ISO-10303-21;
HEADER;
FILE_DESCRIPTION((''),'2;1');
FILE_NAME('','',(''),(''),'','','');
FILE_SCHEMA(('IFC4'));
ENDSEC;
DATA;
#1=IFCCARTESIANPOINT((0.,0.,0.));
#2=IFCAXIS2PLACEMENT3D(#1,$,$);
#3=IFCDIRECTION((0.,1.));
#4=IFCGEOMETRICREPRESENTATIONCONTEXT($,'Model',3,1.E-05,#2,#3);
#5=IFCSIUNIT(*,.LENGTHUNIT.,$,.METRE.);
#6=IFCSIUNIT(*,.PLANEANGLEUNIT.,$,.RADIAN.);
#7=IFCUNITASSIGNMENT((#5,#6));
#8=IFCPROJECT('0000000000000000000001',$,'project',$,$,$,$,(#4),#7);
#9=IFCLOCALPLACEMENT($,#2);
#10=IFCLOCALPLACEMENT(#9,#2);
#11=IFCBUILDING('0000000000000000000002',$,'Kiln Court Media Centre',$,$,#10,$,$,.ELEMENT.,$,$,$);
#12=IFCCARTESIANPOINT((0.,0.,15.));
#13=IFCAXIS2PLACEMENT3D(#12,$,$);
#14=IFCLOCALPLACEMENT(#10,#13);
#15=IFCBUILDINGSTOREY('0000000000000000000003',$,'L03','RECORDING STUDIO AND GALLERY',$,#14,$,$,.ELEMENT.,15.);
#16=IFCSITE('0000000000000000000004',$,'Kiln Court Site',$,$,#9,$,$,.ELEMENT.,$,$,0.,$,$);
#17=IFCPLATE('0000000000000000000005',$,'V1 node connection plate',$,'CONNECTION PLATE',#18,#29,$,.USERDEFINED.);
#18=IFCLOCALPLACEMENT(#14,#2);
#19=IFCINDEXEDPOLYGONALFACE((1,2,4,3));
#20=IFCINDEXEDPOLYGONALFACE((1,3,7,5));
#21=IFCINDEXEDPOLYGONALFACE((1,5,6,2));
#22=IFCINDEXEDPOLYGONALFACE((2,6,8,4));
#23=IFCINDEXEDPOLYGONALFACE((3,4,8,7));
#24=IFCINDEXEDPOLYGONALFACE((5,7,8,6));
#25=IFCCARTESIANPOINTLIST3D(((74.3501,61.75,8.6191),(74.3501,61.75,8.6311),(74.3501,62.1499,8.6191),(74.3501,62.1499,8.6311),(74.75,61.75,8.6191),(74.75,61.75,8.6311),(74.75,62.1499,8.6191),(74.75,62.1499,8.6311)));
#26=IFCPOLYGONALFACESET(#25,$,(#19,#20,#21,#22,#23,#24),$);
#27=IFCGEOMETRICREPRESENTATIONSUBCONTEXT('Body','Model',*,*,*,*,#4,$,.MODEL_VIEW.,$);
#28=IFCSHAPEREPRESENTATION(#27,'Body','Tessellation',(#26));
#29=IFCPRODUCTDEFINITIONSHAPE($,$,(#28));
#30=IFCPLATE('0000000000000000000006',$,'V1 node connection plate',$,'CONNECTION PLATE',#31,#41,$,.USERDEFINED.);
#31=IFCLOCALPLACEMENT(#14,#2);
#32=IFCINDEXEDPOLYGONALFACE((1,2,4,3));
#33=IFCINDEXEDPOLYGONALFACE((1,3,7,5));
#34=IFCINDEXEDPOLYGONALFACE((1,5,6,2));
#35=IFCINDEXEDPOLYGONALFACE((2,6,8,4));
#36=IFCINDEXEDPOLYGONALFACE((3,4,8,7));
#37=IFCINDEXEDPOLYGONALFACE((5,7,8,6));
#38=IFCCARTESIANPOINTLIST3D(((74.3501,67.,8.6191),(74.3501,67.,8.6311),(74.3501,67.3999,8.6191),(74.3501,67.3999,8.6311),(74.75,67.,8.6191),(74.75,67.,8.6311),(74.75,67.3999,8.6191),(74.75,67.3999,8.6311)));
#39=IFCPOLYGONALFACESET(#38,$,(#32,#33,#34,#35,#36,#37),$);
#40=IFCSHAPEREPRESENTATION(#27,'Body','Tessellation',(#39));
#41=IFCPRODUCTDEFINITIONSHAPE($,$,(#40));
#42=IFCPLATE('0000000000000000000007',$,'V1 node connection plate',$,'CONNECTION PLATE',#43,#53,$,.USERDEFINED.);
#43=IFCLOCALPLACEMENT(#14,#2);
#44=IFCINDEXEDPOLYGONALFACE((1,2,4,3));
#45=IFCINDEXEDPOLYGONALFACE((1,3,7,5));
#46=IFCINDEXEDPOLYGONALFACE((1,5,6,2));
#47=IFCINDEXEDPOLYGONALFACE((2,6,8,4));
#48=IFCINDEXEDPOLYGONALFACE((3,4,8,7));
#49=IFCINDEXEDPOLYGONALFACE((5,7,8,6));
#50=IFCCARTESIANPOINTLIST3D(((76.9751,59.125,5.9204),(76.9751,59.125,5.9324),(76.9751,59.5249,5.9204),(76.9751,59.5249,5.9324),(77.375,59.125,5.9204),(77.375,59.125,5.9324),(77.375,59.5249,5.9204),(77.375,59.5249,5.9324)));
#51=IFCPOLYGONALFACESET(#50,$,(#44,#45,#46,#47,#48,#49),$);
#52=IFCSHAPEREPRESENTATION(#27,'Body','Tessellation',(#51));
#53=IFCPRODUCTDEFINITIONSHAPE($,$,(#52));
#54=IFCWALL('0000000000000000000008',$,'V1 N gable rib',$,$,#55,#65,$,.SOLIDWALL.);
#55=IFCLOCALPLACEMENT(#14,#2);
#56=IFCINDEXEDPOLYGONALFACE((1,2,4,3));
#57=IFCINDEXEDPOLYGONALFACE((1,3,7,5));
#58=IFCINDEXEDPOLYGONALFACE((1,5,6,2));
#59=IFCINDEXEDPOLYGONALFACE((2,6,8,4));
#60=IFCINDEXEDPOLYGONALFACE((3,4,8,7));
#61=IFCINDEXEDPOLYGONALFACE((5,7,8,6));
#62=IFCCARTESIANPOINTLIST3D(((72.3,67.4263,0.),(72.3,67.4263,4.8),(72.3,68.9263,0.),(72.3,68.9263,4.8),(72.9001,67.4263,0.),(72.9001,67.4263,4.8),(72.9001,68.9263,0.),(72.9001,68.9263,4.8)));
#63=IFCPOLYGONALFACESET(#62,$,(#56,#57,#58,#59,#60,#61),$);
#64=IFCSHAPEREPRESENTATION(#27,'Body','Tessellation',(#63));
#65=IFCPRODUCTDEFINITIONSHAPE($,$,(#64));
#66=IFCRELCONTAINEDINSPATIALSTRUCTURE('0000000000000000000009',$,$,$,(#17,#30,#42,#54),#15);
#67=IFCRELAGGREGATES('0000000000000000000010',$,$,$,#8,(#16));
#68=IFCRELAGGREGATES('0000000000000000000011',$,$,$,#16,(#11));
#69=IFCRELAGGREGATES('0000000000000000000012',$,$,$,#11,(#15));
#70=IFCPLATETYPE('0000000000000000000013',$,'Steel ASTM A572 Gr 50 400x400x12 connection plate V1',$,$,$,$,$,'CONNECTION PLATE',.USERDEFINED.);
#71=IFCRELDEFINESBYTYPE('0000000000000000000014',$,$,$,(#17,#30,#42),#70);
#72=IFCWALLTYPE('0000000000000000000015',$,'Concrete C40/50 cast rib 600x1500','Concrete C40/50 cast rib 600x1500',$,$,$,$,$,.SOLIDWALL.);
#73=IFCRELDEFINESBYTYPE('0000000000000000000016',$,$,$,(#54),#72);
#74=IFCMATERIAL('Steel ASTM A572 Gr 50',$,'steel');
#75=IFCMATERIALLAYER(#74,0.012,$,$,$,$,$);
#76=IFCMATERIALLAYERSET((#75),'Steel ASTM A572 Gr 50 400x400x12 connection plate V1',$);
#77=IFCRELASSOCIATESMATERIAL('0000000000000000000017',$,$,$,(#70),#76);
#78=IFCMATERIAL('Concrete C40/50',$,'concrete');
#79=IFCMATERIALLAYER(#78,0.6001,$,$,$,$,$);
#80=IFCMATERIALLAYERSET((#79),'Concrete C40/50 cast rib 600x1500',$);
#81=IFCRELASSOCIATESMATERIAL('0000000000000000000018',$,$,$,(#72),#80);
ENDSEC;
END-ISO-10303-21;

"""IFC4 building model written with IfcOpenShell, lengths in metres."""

from ifc_helpers import new_model, si_unit, direction, frame, frame_2d, origin, origin_2d, place, context, subcontext, project, spatial, rectangle, extrude, material, layer, layer_set, type_object, element, save


model = new_model("IFC4")

# Units and contexts
model_context = context("Model", 3, precision=1e-05, world=origin(), true_north=direction((0.0, 1.0)))
body_context = subcontext(model_context, "Body", "Model", "MODEL_VIEW")
ifc_project = project(units=[si_unit("LENGTHUNIT", "METRE"), si_unit("PLANEANGLEUNIT", "RADIAN")], contexts=[model_context])

# Site, building, storey
site_placement = place(None, origin())
site = spatial("IfcSite", under=ifc_project, at=site_placement, Name="Kiln Court Site", CompositionType="ELEMENT", RefElevation=0.0)
building_placement = place(site_placement, origin())
building = spatial("IfcBuilding", under=site, at=building_placement, Name="Kiln Court Media Centre", CompositionType="ELEMENT")
storey_placement = place(building_placement, frame((0.0, 0.0, 15.0)))
storey = spatial("IfcBuildingStorey", under=building, at=storey_placement, Name="L03", Description="RECORDING STUDIO AND GALLERY", CompositionType="ELEMENT", Elevation=15.0)

# Plates
ifc_material_1 = material(Name="Steel ASTM A572 Gr 50", Category="steel")
ifc_layer_1 = layer(ifc_material_1, 0.012)
ifc_layer_set_1 = layer_set([ifc_layer_1], Name="Steel ASTM A572 Gr 50 400x400x12 connection plate V1")
plate_type_1 = type_object("IfcPlateType", Name="Steel ASTM A572 Gr 50 400x400x12 connection plate V1", ElementType="CONNECTION PLATE", PredefinedType="USERDEFINED", material=ifc_layer_set_1)
for number, where, z_axis, x_axis, name in (
    (1, (74.55, 61.95, 8.6191), (0.0, 0.0, 1.0), (1.0, 0.0, 0.0), "V1 node connection plate"),
    (2, (74.55, 67.2, 8.6191), (0.0, 0.0, 1.0), (1.0, 0.0, 0.0), "V1 node connection plate"),
    (3, (77.175, 59.325, 5.9204), (0.0, 0.0, 1.0), (1.0, 0.0, 0.0), "V1 node connection plate"),
):
    element("IfcPlate", number, at=place(storey_placement, frame(where, z_axis=z_axis, x_axis=x_axis)), inside=storey, type_object=plate_type_1, Name=name, ObjectType="CONNECTION PLATE", PredefinedType="USERDEFINED", context=body_context, shape_type="SweptSolid", body=[
        extrude(rectangle(XDim=0.3999, YDim=0.3999, at=origin_2d()), origin(), (0.0, 0.0, 1.0), 0.012),
    ])

# Wall
ifc_material_2 = material(Name="Concrete C40/50", Category="concrete")
ifc_layer_2 = layer(ifc_material_2, 0.6001)
ifc_layer_set_2 = layer_set([ifc_layer_2], Name="Concrete C40/50 cast rib 600x1500")
wall_type = type_object("IfcWallType", Name="Concrete C40/50 cast rib 600x1500", Description="Concrete C40/50 cast rib 600x1500", PredefinedType="SOLIDWALL", material=ifc_layer_set_2)
wall_placement = place(storey_placement, frame((72.6001, 67.4263, 0.0), z_axis=(0.0, 0.0, 1.0), x_axis=(0.0, 1.0, 0.0)))
element("IfcWall", 4, at=wall_placement, inside=storey, type_object=wall_type, Name="V1 N gable rib", PredefinedType="SOLIDWALL", context=body_context, shape_type="SweptSolid", body=[
    extrude(rectangle(XDim=1.5, YDim=0.6001, at=frame_2d((0.75, 0.0))), origin(), (0.0, 0.0, 1.0), 4.8),
])

save(model, "model.ifc")
